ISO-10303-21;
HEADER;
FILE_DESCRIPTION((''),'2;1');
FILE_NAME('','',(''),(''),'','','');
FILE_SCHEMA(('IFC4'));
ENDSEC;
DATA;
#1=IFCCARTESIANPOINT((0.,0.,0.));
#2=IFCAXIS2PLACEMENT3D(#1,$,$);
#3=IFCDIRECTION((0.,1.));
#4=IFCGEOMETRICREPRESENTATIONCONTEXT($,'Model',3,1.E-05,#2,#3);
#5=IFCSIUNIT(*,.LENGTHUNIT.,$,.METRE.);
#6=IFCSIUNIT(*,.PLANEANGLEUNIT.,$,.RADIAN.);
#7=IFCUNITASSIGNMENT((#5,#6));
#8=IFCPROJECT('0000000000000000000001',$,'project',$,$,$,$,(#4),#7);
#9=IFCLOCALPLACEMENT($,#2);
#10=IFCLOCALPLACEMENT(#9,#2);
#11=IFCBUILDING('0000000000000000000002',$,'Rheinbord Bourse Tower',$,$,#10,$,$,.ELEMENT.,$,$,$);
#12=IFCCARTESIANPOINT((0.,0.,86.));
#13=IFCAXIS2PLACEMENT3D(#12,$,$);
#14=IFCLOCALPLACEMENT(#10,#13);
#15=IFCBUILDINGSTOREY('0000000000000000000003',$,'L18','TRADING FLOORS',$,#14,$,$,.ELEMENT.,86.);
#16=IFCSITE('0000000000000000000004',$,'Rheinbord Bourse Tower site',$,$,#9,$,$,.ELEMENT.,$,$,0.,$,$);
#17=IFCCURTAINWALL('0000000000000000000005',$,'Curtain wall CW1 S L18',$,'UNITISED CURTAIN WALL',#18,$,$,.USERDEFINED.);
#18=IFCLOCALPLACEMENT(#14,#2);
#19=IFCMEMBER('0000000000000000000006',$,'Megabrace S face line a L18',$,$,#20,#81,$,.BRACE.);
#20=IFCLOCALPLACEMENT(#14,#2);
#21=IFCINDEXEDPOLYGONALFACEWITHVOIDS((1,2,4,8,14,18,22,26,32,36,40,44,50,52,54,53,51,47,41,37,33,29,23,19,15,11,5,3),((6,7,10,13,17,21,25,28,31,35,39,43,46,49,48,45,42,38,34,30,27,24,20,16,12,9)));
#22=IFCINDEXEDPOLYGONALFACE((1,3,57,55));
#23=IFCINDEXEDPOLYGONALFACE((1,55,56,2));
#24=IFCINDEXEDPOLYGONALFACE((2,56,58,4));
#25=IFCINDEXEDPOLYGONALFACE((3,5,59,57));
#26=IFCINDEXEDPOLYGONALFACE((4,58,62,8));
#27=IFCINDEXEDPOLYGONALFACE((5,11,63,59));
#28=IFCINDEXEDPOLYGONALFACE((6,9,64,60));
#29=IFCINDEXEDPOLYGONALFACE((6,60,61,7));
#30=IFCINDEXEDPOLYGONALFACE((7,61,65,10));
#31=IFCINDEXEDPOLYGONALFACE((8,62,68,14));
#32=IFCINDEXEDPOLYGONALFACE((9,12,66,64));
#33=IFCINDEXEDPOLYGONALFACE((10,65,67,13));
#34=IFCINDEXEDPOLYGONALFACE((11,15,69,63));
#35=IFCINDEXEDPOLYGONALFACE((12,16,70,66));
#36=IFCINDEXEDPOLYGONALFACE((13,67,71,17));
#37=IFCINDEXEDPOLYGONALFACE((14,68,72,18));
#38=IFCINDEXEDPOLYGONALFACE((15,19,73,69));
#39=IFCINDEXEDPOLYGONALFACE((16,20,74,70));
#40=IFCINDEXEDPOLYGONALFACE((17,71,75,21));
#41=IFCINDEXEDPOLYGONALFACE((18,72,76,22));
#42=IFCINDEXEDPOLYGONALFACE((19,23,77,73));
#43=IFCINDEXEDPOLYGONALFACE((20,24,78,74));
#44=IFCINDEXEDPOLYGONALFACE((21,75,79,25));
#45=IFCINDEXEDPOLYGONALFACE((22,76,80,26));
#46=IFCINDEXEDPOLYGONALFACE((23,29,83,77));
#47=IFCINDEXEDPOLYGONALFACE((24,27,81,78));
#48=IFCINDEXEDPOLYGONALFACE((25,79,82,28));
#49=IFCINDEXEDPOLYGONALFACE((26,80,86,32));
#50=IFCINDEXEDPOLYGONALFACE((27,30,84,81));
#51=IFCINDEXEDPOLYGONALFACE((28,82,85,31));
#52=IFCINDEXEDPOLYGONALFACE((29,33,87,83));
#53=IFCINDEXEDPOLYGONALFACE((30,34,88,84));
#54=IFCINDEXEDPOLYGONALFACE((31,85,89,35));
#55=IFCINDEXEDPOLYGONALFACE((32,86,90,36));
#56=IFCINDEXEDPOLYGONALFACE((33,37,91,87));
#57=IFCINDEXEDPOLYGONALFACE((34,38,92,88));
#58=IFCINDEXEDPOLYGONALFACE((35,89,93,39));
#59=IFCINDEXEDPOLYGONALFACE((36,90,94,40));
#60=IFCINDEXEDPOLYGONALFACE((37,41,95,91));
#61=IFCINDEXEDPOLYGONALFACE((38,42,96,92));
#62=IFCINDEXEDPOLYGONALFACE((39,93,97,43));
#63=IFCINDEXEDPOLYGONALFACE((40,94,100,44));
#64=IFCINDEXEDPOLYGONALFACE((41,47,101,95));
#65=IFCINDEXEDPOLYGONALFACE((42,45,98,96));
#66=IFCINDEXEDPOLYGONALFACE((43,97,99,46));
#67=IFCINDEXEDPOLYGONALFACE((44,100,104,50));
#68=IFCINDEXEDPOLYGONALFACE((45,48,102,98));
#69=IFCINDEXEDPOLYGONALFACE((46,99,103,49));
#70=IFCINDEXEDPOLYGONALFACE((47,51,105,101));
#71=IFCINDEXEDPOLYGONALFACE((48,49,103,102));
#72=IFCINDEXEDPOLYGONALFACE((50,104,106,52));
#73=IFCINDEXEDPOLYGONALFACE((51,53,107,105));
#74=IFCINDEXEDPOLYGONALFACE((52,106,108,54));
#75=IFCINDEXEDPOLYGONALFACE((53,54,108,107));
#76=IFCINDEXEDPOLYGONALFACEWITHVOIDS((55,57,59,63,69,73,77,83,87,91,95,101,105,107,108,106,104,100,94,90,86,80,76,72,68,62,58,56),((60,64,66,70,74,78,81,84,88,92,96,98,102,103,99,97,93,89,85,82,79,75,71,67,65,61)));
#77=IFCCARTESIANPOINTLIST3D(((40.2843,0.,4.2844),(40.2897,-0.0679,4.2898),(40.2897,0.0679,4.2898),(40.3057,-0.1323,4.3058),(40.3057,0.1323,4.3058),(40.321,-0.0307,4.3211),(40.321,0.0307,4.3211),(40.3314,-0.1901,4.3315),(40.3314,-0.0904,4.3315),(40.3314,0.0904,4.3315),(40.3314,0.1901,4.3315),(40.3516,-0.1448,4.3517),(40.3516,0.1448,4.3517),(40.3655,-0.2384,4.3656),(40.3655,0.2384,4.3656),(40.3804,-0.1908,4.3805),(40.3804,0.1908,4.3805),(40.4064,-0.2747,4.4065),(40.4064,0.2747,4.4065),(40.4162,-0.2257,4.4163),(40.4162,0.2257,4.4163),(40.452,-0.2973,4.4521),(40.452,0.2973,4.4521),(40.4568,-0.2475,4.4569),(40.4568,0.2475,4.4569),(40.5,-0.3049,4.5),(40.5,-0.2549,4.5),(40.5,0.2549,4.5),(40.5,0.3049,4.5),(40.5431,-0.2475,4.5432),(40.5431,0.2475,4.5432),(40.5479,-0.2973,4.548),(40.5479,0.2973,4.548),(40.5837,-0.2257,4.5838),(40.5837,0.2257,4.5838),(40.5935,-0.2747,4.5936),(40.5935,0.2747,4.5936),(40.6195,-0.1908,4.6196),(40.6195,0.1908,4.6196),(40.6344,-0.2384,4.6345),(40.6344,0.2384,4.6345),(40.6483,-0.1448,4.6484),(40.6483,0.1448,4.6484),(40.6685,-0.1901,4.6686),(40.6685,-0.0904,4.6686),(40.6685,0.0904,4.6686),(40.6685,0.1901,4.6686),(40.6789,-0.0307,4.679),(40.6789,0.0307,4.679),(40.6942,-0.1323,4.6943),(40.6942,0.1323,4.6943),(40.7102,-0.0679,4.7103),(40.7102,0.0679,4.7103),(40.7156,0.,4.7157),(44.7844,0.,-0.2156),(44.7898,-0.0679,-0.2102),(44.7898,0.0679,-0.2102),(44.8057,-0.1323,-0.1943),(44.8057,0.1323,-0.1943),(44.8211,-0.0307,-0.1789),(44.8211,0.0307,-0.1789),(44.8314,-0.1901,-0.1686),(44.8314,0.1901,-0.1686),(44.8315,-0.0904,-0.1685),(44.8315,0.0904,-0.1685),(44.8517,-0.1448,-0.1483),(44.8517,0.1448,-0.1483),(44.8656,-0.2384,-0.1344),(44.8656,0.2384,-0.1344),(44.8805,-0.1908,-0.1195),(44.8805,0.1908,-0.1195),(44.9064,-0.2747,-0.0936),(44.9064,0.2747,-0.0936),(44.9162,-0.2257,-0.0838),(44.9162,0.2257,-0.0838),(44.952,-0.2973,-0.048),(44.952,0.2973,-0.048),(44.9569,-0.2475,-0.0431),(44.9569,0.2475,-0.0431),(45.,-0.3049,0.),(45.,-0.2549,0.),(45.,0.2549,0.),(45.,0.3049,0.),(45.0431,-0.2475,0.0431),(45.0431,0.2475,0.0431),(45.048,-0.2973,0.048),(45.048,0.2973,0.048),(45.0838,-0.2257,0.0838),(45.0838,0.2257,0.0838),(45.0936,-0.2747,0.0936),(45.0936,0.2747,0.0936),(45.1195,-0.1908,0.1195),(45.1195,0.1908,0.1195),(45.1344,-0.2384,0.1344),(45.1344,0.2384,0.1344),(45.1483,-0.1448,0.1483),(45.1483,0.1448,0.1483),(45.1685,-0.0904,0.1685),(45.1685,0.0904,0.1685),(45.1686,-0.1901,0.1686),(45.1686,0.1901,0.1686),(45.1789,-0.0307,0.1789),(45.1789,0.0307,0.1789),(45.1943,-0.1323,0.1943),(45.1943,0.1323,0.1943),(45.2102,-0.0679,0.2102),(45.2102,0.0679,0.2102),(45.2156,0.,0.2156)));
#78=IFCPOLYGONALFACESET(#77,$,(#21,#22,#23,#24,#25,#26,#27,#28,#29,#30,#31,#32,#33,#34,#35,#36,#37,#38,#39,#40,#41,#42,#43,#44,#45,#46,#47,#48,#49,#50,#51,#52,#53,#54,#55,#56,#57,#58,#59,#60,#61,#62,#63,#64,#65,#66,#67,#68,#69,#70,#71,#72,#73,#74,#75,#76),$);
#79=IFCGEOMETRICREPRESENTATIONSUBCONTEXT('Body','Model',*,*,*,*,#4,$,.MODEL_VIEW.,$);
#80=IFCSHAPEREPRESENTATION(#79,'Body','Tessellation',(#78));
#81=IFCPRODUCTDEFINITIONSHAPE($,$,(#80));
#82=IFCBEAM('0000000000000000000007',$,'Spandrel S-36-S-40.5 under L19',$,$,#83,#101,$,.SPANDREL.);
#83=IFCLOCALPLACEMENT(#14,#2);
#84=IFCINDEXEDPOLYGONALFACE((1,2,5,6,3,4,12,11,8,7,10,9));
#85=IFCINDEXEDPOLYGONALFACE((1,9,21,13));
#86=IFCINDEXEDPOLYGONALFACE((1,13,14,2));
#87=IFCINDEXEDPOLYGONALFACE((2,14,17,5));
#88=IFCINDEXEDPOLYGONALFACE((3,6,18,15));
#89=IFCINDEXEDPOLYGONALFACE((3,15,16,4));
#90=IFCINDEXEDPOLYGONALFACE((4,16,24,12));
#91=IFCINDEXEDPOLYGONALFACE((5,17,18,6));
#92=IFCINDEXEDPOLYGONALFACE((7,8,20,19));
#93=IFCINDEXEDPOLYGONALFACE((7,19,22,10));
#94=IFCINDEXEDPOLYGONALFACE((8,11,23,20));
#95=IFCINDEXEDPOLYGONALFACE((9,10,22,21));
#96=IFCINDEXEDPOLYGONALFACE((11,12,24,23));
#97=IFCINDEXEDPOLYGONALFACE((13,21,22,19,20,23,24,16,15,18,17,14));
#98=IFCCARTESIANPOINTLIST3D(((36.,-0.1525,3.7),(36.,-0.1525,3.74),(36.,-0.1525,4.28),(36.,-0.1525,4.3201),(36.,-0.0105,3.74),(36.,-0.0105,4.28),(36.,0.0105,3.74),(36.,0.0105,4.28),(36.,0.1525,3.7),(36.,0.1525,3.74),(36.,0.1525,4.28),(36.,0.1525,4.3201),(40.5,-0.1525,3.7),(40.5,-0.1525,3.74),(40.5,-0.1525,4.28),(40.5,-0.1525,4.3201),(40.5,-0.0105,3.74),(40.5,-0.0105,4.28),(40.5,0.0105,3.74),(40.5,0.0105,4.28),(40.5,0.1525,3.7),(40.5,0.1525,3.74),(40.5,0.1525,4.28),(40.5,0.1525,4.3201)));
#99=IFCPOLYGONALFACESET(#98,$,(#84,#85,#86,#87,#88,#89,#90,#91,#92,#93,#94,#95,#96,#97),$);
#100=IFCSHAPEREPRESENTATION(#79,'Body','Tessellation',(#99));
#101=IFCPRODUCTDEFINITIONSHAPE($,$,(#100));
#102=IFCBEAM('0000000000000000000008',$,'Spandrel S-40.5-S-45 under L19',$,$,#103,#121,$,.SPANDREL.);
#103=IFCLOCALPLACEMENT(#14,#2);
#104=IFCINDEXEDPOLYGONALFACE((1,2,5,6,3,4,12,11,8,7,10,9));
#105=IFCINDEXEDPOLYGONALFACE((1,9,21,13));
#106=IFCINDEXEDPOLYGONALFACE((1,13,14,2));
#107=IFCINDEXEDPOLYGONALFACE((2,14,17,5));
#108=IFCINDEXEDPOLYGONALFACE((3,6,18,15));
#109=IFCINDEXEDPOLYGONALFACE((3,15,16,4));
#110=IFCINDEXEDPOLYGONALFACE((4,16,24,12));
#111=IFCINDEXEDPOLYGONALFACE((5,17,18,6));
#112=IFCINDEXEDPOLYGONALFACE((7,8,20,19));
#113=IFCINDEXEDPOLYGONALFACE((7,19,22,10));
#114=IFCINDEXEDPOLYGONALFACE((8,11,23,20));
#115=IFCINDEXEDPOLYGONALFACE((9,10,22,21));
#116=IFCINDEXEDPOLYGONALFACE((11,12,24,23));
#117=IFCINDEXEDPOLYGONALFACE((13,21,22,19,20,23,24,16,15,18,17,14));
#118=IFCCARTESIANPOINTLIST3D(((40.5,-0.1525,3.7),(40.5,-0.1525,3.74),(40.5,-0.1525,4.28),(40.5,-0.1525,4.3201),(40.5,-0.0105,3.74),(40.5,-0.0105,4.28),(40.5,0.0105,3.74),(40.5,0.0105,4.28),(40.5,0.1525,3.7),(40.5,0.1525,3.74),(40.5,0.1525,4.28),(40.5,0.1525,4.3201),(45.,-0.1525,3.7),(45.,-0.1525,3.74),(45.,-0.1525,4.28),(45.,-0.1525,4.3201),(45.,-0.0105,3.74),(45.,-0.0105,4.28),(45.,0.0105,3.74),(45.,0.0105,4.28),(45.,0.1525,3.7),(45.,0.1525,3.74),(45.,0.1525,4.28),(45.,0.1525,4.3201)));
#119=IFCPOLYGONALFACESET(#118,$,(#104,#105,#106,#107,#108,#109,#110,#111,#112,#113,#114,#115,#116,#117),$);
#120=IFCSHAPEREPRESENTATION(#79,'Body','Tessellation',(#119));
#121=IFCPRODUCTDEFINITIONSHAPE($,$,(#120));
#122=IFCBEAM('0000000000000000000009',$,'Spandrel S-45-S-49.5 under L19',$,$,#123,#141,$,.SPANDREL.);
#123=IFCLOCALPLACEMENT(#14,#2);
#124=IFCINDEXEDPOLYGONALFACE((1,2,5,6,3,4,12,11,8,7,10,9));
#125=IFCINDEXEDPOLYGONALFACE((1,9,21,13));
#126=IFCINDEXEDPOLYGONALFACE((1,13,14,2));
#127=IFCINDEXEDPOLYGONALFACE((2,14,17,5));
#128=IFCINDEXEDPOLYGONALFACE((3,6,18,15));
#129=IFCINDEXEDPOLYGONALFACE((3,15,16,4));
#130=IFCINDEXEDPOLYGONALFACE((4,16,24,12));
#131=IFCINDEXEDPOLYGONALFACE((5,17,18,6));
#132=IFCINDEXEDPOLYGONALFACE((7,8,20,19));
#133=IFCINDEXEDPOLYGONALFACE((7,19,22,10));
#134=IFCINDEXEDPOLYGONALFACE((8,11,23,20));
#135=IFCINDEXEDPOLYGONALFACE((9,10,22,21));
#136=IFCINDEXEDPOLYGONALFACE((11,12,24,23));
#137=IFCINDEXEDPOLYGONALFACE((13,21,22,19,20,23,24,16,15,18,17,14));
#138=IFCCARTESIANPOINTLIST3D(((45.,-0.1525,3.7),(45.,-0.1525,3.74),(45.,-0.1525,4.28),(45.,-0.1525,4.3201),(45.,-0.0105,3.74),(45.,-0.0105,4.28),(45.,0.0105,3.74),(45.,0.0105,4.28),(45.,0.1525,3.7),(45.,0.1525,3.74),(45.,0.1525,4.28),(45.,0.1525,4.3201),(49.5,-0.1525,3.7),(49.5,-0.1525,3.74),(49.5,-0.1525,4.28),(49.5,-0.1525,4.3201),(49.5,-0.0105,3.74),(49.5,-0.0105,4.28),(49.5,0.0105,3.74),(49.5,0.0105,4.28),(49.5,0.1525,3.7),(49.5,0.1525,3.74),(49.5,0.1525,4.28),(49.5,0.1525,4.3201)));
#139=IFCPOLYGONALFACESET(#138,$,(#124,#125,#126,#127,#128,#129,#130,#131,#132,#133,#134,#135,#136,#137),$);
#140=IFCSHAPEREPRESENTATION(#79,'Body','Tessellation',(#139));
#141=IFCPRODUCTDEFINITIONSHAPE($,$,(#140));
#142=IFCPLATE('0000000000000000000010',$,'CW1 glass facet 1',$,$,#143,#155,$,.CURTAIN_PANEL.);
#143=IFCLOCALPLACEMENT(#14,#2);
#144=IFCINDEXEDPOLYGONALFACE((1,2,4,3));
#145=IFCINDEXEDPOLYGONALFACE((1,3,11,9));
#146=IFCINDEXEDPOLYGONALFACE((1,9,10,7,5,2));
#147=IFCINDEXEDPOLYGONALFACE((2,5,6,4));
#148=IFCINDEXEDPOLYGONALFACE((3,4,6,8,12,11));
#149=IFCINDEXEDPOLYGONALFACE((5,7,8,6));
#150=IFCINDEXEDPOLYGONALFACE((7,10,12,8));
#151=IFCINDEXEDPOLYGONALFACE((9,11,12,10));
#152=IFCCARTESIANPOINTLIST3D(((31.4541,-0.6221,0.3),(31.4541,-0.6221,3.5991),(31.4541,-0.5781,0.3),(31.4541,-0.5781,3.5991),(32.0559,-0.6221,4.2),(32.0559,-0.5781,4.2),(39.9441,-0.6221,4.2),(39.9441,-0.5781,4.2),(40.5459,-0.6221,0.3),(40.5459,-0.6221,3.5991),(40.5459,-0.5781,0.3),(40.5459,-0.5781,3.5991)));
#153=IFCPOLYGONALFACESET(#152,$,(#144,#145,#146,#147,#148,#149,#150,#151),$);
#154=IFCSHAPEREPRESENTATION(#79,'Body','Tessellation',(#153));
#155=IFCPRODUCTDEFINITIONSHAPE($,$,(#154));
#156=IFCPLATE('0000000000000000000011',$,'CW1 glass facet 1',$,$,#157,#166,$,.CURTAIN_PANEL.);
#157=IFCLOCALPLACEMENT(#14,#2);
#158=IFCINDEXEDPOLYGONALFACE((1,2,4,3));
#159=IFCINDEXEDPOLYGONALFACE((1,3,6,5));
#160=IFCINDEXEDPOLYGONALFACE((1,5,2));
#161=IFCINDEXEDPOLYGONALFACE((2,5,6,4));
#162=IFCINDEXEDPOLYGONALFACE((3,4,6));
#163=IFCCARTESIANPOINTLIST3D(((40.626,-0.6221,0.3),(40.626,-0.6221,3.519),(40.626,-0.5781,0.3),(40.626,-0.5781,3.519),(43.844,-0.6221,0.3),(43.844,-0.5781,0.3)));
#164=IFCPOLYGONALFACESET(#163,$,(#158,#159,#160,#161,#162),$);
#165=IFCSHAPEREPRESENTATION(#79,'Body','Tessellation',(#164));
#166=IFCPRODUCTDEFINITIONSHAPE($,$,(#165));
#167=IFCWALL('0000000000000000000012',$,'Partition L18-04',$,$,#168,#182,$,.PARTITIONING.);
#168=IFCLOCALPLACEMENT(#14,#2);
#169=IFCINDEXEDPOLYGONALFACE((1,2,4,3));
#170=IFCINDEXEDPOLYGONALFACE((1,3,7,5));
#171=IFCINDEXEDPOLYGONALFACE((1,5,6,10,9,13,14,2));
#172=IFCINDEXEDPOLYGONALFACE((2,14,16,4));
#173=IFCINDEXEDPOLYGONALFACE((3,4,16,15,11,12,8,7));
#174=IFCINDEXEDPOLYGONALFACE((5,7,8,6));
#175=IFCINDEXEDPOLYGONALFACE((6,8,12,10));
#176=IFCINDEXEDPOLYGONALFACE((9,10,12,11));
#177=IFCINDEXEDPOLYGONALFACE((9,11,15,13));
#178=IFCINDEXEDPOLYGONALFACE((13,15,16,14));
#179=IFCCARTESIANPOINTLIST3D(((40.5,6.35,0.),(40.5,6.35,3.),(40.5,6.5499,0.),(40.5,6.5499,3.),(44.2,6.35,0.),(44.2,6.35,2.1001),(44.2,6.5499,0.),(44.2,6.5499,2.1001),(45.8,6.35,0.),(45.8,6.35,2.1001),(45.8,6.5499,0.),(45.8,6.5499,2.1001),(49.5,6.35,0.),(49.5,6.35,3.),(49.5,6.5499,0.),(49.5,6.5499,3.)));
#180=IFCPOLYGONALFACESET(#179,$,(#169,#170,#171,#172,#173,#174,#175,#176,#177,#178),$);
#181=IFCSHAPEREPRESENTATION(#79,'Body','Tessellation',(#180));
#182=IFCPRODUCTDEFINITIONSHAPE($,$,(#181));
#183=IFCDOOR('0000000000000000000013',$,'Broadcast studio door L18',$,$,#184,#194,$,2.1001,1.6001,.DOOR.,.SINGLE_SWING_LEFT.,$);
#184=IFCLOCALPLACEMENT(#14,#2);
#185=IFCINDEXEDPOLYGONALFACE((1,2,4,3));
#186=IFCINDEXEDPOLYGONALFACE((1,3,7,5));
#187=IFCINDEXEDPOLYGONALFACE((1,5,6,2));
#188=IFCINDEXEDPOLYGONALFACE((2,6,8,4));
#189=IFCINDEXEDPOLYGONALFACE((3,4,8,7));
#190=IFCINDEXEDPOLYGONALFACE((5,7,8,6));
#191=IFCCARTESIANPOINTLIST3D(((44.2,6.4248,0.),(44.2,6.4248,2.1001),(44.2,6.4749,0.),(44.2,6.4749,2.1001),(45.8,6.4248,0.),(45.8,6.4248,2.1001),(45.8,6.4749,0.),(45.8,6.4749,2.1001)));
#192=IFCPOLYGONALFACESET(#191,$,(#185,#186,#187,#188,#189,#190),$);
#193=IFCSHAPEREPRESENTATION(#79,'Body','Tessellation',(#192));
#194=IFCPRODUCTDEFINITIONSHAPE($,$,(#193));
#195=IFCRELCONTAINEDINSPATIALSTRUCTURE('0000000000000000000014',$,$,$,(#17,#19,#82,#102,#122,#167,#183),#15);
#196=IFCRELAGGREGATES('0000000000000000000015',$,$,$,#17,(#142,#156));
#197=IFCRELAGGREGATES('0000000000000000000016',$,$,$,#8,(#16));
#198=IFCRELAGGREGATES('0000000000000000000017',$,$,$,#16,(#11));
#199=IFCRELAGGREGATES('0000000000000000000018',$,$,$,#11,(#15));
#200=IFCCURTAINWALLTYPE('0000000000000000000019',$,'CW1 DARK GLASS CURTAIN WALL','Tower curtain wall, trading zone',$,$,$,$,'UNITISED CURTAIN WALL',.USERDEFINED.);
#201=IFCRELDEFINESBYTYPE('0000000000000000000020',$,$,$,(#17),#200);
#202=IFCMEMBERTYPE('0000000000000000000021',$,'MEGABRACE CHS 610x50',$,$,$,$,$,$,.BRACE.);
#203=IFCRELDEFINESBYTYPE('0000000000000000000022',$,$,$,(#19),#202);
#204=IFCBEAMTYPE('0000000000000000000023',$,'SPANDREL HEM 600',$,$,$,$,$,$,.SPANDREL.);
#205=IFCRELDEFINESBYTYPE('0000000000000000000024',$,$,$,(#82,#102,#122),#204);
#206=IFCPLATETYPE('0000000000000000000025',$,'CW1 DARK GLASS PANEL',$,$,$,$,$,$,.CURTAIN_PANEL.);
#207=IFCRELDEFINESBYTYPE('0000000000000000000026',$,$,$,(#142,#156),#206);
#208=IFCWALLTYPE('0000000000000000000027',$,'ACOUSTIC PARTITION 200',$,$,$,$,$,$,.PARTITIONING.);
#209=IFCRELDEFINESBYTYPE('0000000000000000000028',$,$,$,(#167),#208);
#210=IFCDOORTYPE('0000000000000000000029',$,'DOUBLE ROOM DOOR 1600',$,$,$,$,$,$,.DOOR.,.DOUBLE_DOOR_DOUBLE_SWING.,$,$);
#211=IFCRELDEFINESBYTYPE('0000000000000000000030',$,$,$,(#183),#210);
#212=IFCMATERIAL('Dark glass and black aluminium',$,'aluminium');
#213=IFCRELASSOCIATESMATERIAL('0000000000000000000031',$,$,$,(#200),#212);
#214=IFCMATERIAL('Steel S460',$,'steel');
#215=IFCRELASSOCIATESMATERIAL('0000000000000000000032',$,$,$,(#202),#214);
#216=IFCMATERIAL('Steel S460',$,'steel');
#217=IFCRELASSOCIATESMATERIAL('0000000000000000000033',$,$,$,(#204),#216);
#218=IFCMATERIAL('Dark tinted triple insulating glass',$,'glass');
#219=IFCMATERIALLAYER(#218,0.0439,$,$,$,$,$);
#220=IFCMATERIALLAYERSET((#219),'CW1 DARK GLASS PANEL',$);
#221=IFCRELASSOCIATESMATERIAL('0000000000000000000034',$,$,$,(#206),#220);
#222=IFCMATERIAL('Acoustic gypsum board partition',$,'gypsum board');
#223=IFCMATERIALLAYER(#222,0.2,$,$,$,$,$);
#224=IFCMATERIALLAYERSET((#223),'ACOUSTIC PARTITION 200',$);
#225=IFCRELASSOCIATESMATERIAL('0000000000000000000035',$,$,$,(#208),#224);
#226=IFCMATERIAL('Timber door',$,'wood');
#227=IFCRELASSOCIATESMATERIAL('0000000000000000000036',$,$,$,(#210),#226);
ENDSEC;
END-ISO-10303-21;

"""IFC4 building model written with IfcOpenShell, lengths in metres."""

from ifc_helpers import new_model, si_unit, direction, frame, frame_2d, origin, origin_2d, place, context, subcontext, project, spatial, polyline, rectangle, hollow_circle, i_section, outline, extrude, material, layer, layer_set, material_profile, profile_set, type_object, element, fill, aggregate, save


model = new_model("IFC4")

# Units and contexts
model_context = context("Model", 3, precision=1e-05, world=origin(), true_north=direction((0.0, 1.0)))
body_context = subcontext(model_context, "Body", "Model", "MODEL_VIEW")
ifc_project = project(units=[si_unit("LENGTHUNIT", "METRE"), si_unit("PLANEANGLEUNIT", "RADIAN")], contexts=[model_context])

# Site, building, storey
site_placement = place(None, origin())
site = spatial("IfcSite", under=ifc_project, at=site_placement, Name="Rheinbord Bourse Tower site", CompositionType="ELEMENT", RefElevation=0.0)
building_placement = place(site_placement, origin())
building = spatial("IfcBuilding", under=site, at=building_placement, Name="Rheinbord Bourse Tower", CompositionType="ELEMENT")
storey_placement = place(building_placement, frame((0.0, 0.0, 86.0)))
storey = spatial("IfcBuildingStorey", under=building, at=storey_placement, Name="L18", Description="TRADING FLOORS", CompositionType="ELEMENT", Elevation=86.0)

# Curtain wall
ifc_material_1 = material(Name="Dark glass and black aluminium", Category="aluminium")
curtain_wall_type = type_object("IfcCurtainWallType", Name="CW1 DARK GLASS CURTAIN WALL", Description="Tower curtain wall, trading zone", ElementType="UNITISED CURTAIN WALL", PredefinedType="USERDEFINED", material=ifc_material_1)
curtain_wall_placement = place(storey_placement, origin())
curtain_wall = element("IfcCurtainWall", 1, at=curtain_wall_placement, inside=storey, type_object=curtain_wall_type, Name="Curtain wall CW1 S L18", ObjectType="UNITISED CURTAIN WALL", PredefinedType="USERDEFINED")

# Member
ifc_material_2 = material(Name="Steel S460", Category="steel")
ifc_material_profile_1 = material_profile(ifc_material_2, hollow_circle(Radius=0.3049, WallThickness=0.05, at=origin_2d()), Name="CHS 610x50")
ifc_profile_set_1 = profile_set([ifc_material_profile_1], Name="Steel S460")
member_type_1 = type_object("IfcMemberType", Name="MEGABRACE CHS 610x50", PredefinedType="BRACE", material=ifc_profile_set_1)
member_1_placement = place(storey_placement, frame((45.0, 0.0, 0.0), z_axis=(-0.707107, 0.0, 0.707107), x_axis=(0.0, -1.0, 0.0)))
element("IfcMember", 2, at=member_1_placement, inside=storey, type_object=member_type_1, Name="Megabrace S face line a L18", PredefinedType="BRACE", context=body_context, shape_type="SweptSolid", body=[
    extrude(hollow_circle(Radius=0.3049, WallThickness=0.05, at=origin_2d()), origin(), (0.0, 0.0, 1.0), 6.364),
])

# Beams
ifc_material_3 = material(Name="Steel S460", Category="steel")
ifc_material_profile_2 = material_profile(ifc_material_3, i_section(OverallWidth=0.3049, OverallDepth=0.6201, WebThickness=0.021, FlangeThickness=0.04, at=origin_2d()), Name="HEM 600")
ifc_profile_set_2 = profile_set([ifc_material_profile_2], Name="Steel S460")
beam_type_1 = type_object("IfcBeamType", Name="SPANDREL HEM 600", PredefinedType="SPANDREL", material=ifc_profile_set_2)
for number, where, z_axis, x_axis, name in (
    (3, (36.0, 0.0, 4.01), (1.0, 0.0, 0.0), (0.0, 1.0, 0.0), "Spandrel S-36-S-40.5 under L19"),
    (4, (40.5, 0.0, 4.01), (1.0, 0.0, 0.0), (0.0, 1.0, 0.0), "Spandrel S-40.5-S-45 under L19"),
    (5, (45.0, 0.0, 4.01), (1.0, 0.0, 0.0), (0.0, 1.0, 0.0), "Spandrel S-45-S-49.5 under L19"),
):
    element("IfcBeam", number, at=place(storey_placement, frame(where, z_axis=z_axis, x_axis=x_axis)), inside=storey, type_object=beam_type_1, Name=name, PredefinedType="SPANDREL", context=body_context, shape_type="SweptSolid", body=[
        extrude(i_section(OverallWidth=0.3049, OverallDepth=0.6201, WebThickness=0.021, FlangeThickness=0.04, at=origin_2d()), origin(), (0.0, 0.0, 1.0), 4.5),
    ])

# Plates
ifc_material_4 = material(Name="Dark tinted triple insulating glass", Category="glass")
ifc_layer_1 = layer(ifc_material_4, 0.0439)
ifc_layer_set_1 = layer_set([ifc_layer_1], Name="CW1 DARK GLASS PANEL")
plate_type = type_object("IfcPlateType", Name="CW1 DARK GLASS PANEL", PredefinedType="CURTAIN_PANEL", material=ifc_layer_set_1)
plate_1_placement = place(storey_placement, frame((40.5459, -0.6221, 0.3), z_axis=(0.0, 1.0, 0.0), x_axis=(-1.0, 0.0, 0.0)))
plate_1 = element("IfcPlate", 6, at=plate_1_placement, type_object=plate_type, Name="CW1 glass facet 1", PredefinedType="CURTAIN_PANEL", context=body_context, shape_type="SweptSolid", body=[
    extrude(outline(polyline([(0.0, 0.0), (9.0918, 0.0), (9.0918, 3.2991), (8.49, 3.8999), (0.6018, 3.8999), (0.0, 3.2991), (0.0, 0.0)])), origin(), (0.0, 0.0, 1.0), 0.0439),
])
plate_2_placement = place(storey_placement, frame((40.626, -0.6221, 0.3), z_axis=(0.0, 1.0, 0.0), x_axis=(0.0, 0.0, 1.0)))
plate_2 = element("IfcPlate", 7, at=plate_2_placement, type_object=plate_type, Name="CW1 glass facet 1", PredefinedType="CURTAIN_PANEL", context=body_context, shape_type="SweptSolid", body=[
    extrude(outline(polyline([(0.0, 0.0), (3.219, 0.0), (0.0, 3.218), (0.0, 0.0)])), origin(), (0.0, 0.0, 1.0), 0.0439),
])
aggregate(curtain_wall, [plate_1, plate_2])

# Wall, opening, door
ifc_material_5 = material(Name="Acoustic gypsum board partition", Category="gypsum board")
ifc_layer_2 = layer(ifc_material_5, 0.2)
ifc_layer_set_2 = layer_set([ifc_layer_2], Name="ACOUSTIC PARTITION 200")
wall_type_1 = type_object("IfcWallType", Name="ACOUSTIC PARTITION 200", PredefinedType="PARTITIONING", material=ifc_layer_set_2)
wall_1_placement = place(storey_placement, frame((40.5, 6.45, 0.0), z_axis=(0.0, 0.0, 1.0), x_axis=(1.0, 0.0, 0.0)))
wall_1 = element("IfcWall", 8, at=wall_1_placement, inside=storey, type_object=wall_type_1, Name="Partition L18-04", PredefinedType="PARTITIONING", context=body_context, shape_type="SweptSolid", body=[
    extrude(rectangle(XDim=9.0, YDim=0.2, at=frame_2d((4.5, 0.0))), origin(), (0.0, 0.0, 1.0), 3.0),
])
opening_1_placement = place(wall_1_placement, frame((3.7, 0.0, 0.0)))
opening_1 = element("IfcOpeningElement", 9, at=opening_1_placement, cuts=wall_1, PredefinedType="OPENING", context=body_context, shape_type="SweptSolid", body=[
    extrude(rectangle(XDim=1.6001, YDim=2.1001, at=frame_2d((0.8, 1.05))), frame((0.0, 0.1099, 0.0), z_axis=(0.0, -1.0, 0.0), x_axis=(1.0, 0.0, 0.0)), (0.0, 0.0, 1.0), 0.22),
])
ifc_material_6 = material(Name="Timber door", Category="wood")
door_type_1 = type_object("IfcDoorType", Name="DOUBLE ROOM DOOR 1600", OperationType="DOUBLE_DOOR_DOUBLE_SWING", PredefinedType="DOOR", material=ifc_material_6)
door_1_placement = place(opening_1_placement, origin())
door_1 = element("IfcDoor", 10, at=door_1_placement, inside=storey, type_object=door_type_1, Name="Broadcast studio door L18", OperationType="SINGLE_SWING_LEFT", OverallHeight=2.1001, OverallWidth=1.6001, PredefinedType="DOOR", context=body_context, shape_type="SweptSolid", body=[
    extrude(rectangle(XDim=1.6001, YDim=2.1001, at=frame_2d((0.8, 1.05))), frame((0.0, 0.0249, 0.0), z_axis=(0.0, -1.0, 0.0), x_axis=(1.0, 0.0, 0.0)), (0.0, 0.0, 1.0), 0.05),
])
fill(opening_1, door_1)

save(model, "model.ifc")
